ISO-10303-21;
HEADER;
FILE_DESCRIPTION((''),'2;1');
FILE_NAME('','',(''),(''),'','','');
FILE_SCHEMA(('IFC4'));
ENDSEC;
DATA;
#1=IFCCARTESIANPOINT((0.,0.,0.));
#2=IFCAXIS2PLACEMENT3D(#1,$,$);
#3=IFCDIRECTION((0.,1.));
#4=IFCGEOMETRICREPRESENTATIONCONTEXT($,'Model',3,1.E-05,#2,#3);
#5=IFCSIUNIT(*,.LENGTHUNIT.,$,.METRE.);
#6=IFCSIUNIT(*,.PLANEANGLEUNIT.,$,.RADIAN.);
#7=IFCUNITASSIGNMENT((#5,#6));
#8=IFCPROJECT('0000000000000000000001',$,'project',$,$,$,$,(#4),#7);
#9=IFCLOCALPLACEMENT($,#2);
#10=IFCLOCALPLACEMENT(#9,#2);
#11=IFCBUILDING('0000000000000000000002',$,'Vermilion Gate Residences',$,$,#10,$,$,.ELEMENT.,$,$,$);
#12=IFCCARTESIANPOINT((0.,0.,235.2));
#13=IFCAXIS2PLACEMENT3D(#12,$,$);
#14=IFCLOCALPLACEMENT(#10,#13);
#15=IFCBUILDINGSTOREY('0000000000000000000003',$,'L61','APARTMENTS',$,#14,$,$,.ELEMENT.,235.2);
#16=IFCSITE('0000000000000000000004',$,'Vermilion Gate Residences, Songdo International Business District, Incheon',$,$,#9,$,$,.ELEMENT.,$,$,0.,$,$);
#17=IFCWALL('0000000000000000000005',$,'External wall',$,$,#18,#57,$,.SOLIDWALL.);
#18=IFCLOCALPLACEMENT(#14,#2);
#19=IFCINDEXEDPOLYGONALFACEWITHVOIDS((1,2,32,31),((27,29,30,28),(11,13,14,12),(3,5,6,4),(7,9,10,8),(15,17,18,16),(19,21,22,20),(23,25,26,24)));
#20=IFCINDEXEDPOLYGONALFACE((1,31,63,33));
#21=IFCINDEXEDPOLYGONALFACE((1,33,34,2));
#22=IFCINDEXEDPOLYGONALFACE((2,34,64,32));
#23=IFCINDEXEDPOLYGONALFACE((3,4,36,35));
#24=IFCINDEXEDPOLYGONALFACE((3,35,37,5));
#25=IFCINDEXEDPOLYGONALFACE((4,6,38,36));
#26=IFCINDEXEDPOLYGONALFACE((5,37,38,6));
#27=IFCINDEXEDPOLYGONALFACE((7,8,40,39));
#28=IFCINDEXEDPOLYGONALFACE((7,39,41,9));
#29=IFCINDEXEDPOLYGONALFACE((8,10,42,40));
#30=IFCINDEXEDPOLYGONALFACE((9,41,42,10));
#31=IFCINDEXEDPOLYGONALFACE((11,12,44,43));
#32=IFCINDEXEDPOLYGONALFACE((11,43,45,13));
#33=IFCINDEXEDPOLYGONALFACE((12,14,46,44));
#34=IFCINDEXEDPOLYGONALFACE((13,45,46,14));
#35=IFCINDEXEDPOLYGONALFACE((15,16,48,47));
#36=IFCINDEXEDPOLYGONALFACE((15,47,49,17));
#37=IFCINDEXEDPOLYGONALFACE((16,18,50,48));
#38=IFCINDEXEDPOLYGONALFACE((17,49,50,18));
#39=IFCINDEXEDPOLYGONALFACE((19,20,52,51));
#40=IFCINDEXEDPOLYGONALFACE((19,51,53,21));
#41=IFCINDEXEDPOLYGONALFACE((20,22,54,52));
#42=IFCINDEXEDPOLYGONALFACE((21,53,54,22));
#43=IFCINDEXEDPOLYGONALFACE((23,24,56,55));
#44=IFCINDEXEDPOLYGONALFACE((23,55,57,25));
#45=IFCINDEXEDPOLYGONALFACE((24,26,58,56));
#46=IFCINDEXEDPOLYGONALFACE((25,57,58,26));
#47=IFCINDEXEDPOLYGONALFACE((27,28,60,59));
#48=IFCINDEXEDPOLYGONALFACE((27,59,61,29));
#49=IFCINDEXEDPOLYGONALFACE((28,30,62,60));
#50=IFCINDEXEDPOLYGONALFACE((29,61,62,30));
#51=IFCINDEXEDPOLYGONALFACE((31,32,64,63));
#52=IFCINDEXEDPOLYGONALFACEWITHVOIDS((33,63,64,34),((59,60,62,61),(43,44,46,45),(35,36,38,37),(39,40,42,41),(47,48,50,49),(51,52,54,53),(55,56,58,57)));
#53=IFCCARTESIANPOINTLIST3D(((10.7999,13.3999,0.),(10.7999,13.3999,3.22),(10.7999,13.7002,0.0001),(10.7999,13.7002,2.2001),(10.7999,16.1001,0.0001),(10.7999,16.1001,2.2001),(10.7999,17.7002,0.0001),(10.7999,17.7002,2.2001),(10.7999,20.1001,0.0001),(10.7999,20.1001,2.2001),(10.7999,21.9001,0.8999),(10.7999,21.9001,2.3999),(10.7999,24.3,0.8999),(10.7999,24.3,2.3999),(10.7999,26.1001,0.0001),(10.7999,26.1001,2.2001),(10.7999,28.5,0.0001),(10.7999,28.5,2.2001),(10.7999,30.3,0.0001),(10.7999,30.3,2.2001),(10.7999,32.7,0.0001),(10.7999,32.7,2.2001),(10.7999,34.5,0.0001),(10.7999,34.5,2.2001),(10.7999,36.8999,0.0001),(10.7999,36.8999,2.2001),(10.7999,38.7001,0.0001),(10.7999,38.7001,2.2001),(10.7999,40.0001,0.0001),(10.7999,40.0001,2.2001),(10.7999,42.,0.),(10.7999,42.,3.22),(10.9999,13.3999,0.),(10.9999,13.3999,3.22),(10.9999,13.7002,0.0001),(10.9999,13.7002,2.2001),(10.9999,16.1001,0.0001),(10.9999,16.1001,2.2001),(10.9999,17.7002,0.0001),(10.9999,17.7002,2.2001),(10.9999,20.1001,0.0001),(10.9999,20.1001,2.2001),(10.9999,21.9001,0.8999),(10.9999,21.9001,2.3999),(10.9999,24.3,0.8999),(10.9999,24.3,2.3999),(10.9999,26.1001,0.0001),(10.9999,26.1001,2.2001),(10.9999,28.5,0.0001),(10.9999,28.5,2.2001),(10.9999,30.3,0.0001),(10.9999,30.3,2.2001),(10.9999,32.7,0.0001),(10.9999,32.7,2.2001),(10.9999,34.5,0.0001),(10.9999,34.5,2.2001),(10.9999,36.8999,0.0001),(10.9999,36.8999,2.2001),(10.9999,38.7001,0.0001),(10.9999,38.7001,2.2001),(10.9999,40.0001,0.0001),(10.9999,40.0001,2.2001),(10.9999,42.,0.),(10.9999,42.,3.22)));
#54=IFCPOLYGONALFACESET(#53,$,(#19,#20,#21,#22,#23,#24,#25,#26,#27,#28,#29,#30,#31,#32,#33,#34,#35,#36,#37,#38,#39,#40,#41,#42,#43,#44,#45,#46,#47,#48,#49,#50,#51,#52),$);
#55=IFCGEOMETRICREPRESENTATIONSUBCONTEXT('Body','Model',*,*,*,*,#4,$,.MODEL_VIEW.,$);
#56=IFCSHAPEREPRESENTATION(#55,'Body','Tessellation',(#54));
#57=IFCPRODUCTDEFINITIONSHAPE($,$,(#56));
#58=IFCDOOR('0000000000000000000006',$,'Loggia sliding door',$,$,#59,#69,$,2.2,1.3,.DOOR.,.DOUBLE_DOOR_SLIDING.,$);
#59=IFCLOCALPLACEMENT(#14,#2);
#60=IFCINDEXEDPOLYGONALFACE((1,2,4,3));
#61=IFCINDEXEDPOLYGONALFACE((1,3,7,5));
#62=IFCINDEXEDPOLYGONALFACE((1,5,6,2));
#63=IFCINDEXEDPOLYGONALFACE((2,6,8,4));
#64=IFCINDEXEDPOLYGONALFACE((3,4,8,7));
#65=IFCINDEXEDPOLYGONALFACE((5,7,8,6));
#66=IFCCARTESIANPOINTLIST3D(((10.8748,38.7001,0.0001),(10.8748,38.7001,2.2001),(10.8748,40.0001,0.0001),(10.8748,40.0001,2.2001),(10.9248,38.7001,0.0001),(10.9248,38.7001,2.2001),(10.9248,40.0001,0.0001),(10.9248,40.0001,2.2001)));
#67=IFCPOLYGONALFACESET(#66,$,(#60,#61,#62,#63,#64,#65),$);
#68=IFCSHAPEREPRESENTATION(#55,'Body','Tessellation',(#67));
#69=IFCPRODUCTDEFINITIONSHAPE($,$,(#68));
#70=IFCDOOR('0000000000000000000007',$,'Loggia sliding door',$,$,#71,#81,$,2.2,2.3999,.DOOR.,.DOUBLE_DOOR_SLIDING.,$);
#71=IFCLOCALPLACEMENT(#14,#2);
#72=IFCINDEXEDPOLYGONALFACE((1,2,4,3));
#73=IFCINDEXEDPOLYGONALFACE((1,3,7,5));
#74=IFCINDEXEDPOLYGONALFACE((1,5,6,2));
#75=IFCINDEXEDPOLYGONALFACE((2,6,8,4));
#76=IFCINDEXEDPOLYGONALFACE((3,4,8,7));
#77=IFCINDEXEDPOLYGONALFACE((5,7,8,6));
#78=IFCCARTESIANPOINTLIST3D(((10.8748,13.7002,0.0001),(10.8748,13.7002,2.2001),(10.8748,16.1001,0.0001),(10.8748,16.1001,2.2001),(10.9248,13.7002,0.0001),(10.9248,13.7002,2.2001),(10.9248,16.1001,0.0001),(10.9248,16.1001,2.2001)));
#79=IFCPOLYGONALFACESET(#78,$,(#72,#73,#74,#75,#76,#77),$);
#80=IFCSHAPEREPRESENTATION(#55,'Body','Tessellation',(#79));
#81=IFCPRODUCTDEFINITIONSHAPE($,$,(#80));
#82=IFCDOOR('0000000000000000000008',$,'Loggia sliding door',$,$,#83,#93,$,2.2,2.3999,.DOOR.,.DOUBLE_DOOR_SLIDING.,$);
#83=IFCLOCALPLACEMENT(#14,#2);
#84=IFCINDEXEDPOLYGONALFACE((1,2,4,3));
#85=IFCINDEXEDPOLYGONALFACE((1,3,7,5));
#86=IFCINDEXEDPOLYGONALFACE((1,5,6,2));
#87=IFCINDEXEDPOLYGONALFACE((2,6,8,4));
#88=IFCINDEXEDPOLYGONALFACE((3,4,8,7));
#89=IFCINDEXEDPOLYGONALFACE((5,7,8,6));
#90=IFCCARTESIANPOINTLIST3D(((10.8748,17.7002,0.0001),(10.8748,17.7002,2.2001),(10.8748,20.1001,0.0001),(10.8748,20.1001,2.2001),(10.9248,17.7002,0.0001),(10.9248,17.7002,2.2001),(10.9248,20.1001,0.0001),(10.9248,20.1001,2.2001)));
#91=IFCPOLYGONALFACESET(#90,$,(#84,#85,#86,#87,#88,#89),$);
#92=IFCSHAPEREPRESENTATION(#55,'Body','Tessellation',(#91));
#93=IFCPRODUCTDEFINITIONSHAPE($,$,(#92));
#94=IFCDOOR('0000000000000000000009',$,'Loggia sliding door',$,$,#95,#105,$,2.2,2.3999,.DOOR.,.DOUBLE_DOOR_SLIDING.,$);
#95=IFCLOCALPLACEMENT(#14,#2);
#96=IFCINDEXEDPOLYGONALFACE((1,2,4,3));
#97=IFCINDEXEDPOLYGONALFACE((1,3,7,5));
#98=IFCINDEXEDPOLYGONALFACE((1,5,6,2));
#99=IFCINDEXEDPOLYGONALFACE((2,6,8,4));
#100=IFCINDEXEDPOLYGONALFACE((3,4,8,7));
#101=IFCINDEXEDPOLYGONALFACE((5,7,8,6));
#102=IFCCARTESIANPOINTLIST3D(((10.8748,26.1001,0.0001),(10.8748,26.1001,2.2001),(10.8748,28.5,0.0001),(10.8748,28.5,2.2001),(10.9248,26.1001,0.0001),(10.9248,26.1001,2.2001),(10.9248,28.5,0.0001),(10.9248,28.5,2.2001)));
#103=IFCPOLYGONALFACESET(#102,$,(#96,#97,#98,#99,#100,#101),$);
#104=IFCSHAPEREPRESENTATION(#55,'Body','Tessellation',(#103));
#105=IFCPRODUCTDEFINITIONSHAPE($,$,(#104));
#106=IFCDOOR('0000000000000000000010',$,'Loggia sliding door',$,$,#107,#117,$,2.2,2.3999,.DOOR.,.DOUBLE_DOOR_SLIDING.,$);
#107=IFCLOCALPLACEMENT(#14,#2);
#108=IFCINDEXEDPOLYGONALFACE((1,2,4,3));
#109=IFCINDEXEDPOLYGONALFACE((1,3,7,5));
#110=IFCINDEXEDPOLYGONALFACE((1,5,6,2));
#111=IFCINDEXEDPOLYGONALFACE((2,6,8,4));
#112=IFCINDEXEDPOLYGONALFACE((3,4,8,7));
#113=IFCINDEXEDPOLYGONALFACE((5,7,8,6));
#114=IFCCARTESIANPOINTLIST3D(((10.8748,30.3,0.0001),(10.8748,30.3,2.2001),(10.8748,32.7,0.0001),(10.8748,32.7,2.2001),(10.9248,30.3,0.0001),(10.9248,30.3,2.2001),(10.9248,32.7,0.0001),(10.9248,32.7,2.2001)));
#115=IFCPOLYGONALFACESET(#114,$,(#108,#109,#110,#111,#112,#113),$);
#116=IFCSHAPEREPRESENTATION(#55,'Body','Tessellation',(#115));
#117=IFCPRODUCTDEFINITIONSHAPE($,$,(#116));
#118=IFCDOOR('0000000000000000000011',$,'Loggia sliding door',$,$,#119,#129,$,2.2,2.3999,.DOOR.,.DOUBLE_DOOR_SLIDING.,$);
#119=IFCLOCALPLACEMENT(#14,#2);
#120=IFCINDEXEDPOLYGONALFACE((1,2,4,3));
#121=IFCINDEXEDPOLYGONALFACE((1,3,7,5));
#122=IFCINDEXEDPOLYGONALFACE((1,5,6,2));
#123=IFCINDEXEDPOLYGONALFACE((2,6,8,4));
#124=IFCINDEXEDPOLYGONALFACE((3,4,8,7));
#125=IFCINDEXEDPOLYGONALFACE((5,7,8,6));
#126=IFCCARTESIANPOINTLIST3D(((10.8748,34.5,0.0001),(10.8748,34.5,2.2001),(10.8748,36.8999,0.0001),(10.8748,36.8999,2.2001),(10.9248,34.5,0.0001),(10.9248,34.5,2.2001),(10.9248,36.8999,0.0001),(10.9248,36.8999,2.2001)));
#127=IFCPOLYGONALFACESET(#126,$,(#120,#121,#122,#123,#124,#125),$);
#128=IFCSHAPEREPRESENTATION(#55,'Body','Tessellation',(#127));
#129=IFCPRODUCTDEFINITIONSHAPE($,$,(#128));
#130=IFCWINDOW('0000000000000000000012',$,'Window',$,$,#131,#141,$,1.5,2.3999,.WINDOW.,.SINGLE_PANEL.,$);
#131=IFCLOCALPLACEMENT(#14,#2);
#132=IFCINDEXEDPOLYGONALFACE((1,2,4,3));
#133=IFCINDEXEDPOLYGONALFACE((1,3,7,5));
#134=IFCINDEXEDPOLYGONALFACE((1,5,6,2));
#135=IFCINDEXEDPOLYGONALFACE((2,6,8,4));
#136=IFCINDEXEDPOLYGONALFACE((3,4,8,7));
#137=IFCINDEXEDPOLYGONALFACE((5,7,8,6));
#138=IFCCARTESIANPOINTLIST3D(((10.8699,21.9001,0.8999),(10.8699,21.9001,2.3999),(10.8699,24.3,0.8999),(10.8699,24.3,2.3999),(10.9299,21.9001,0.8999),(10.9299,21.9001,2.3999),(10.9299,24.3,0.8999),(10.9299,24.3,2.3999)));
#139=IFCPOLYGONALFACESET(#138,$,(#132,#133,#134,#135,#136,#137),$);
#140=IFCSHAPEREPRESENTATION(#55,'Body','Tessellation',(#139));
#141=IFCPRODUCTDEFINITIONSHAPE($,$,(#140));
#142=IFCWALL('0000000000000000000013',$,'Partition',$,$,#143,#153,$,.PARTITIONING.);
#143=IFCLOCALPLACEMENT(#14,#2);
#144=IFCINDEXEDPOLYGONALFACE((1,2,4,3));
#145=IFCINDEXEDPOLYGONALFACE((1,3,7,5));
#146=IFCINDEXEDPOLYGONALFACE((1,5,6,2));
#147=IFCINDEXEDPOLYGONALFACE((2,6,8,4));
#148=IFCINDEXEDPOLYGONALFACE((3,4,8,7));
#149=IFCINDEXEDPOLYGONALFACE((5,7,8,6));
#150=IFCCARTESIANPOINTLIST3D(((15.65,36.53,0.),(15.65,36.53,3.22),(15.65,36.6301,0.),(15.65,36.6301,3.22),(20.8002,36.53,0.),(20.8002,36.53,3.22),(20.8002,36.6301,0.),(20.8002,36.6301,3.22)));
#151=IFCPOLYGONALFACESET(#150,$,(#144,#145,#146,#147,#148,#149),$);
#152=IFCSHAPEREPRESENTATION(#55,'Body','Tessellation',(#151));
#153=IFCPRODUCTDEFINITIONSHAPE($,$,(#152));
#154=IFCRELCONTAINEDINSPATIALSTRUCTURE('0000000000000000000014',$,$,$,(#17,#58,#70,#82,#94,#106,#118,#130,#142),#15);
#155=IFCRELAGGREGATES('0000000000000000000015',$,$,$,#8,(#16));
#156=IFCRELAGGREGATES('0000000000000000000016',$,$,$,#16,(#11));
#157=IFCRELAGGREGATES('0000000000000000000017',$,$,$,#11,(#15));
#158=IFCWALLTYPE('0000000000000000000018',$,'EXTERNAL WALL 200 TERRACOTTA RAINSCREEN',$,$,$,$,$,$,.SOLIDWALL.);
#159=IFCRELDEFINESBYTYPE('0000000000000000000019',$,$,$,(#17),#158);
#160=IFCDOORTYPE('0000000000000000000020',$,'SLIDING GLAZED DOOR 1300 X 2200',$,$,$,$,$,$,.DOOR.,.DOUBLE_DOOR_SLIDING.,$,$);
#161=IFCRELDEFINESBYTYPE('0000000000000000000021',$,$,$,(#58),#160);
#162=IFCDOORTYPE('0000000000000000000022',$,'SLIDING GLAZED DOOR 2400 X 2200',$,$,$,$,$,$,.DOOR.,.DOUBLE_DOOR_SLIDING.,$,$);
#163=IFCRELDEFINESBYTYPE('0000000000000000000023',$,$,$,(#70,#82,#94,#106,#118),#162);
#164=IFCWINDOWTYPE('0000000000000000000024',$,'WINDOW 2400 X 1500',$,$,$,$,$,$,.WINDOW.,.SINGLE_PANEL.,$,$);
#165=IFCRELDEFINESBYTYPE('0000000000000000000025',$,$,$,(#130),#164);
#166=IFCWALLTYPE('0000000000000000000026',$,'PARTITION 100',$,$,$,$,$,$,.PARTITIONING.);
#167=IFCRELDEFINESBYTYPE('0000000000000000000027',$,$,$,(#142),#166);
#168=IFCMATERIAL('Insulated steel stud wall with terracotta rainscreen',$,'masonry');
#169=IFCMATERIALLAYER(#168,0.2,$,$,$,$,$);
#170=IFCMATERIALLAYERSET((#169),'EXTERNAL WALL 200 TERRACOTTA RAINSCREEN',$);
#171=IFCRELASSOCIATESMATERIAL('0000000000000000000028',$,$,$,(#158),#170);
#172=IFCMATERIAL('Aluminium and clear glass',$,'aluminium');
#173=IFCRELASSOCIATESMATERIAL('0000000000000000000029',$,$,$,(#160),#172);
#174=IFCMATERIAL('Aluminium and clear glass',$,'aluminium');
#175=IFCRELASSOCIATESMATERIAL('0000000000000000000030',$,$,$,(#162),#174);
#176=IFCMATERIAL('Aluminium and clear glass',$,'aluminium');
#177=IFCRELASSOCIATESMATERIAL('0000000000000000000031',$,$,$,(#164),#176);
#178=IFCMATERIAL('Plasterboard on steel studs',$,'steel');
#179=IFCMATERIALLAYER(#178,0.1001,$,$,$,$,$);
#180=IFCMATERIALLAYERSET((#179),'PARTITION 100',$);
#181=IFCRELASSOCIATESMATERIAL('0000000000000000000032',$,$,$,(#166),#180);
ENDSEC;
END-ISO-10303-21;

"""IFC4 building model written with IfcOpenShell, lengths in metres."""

from ifc_helpers import new_model, si_unit, direction, frame, frame_2d, origin, place, context, subcontext, project, spatial, rectangle, extrude, material, layer, layer_set, type_object, element, fill, save


model = new_model("IFC4")

# Units and contexts
model_context = context("Model", 3, precision=1e-05, world=origin(), true_north=direction((0.0, 1.0)))
body_context = subcontext(model_context, "Body", "Model", "MODEL_VIEW")
ifc_project = project(units=[si_unit("LENGTHUNIT", "METRE"), si_unit("PLANEANGLEUNIT", "RADIAN")], contexts=[model_context])

# Site, building, storey
site_placement = place(None, origin())
site = spatial("IfcSite", under=ifc_project, at=site_placement, Name="Vermilion Gate Residences, Songdo International Business District, Incheon", CompositionType="ELEMENT", RefElevation=0.0)
building_placement = place(site_placement, origin())
building = spatial("IfcBuilding", under=site, at=building_placement, Name="Vermilion Gate Residences", CompositionType="ELEMENT")
storey_placement = place(building_placement, frame((0.0, 0.0, 235.2)))
storey = spatial("IfcBuildingStorey", under=building, at=storey_placement, Name="L61", Description="APARTMENTS", CompositionType="ELEMENT", Elevation=235.2)

# Wall, openings, doors, window
ifc_material_1 = material(Name="Insulated steel stud wall with terracotta rainscreen", Category="masonry")
ifc_layer_1 = layer(ifc_material_1, 0.2)
ifc_layer_set_1 = layer_set([ifc_layer_1], Name="EXTERNAL WALL 200 TERRACOTTA RAINSCREEN")
wall_type_1 = type_object("IfcWallType", Name="EXTERNAL WALL 200 TERRACOTTA RAINSCREEN", PredefinedType="SOLIDWALL", material=ifc_layer_set_1)
wall_1_placement = place(storey_placement, frame((10.8999, 42.0, 0.0), z_axis=(0.0, 0.0, 1.0), x_axis=(0.0, -1.0, 0.0)))
wall_1 = element("IfcWall", 1, at=wall_1_placement, inside=storey, type_object=wall_type_1, Name="External wall", PredefinedType="SOLIDWALL", context=body_context, shape_type="SweptSolid", body=[
    extrude(rectangle(XDim=28.6001, YDim=0.2, at=frame_2d((14.3, 0.0))), origin(), (0.0, 0.0, 1.0), 3.22),
])
opening_1_placement = place(wall_1_placement, frame((25.8999, 0.0, 0.0)))
opening_1 = element("IfcOpeningElement", 2, at=opening_1_placement, cuts=wall_1, PredefinedType="OPENING", context=body_context, shape_type="SweptSolid", body=[
    extrude(rectangle(XDim=2.3999, YDim=2.2, at=frame_2d((1.2, 1.1001))), frame((0.0, 0.1099, 0.0), z_axis=(0.0, -1.0, 0.0), x_axis=(1.0, 0.0, 0.0)), (0.0, 0.0, 1.0), 0.22),
])
opening_2_placement = place(wall_1_placement, frame((21.8999, 0.0, 0.0)))
opening_2 = element("IfcOpeningElement", 3, at=opening_2_placement, cuts=wall_1, PredefinedType="OPENING", context=body_context, shape_type="SweptSolid", body=[
    extrude(rectangle(XDim=2.3999, YDim=2.2, at=frame_2d((1.2, 1.1001))), frame((0.0, 0.1099, 0.0), z_axis=(0.0, -1.0, 0.0), x_axis=(1.0, 0.0, 0.0)), (0.0, 0.0, 1.0), 0.22),
])
opening_3_placement = place(wall_1_placement, frame((17.7, 0.0, 0.8999)))
opening_3 = element("IfcOpeningElement", 4, at=opening_3_placement, cuts=wall_1, PredefinedType="OPENING", context=body_context, shape_type="SweptSolid", body=[
    extrude(rectangle(XDim=2.3999, YDim=1.5, at=frame_2d((1.2, 0.75))), frame((0.0, 0.1099, 0.0), z_axis=(0.0, -1.0, 0.0), x_axis=(1.0, 0.0, 0.0)), (0.0, 0.0, 1.0), 0.22),
])
opening_4_placement = place(wall_1_placement, frame((13.5, 0.0, 0.0)))
opening_4 = element("IfcOpeningElement", 5, at=opening_4_placement, cuts=wall_1, PredefinedType="OPENING", context=body_context, shape_type="SweptSolid", body=[
    extrude(rectangle(XDim=2.3999, YDim=2.2, at=frame_2d((1.2, 1.1001))), frame((0.0, 0.1099, 0.0), z_axis=(0.0, -1.0, 0.0), x_axis=(1.0, 0.0, 0.0)), (0.0, 0.0, 1.0), 0.22),
])
opening_5_placement = place(wall_1_placement, frame((9.3, 0.0, 0.0)))
opening_5 = element("IfcOpeningElement", 6, at=opening_5_placement, cuts=wall_1, PredefinedType="OPENING", context=body_context, shape_type="SweptSolid", body=[
    extrude(rectangle(XDim=2.3999, YDim=2.2, at=frame_2d((1.2, 1.1001))), frame((0.0, 0.1099, 0.0), z_axis=(0.0, -1.0, 0.0), x_axis=(1.0, 0.0, 0.0)), (0.0, 0.0, 1.0), 0.22),
])
opening_6_placement = place(wall_1_placement, frame((5.1001, 0.0, 0.0)))
opening_6 = element("IfcOpeningElement", 7, at=opening_6_placement, cuts=wall_1, PredefinedType="OPENING", context=body_context, shape_type="SweptSolid", body=[
    extrude(rectangle(XDim=2.3999, YDim=2.2, at=frame_2d((1.2, 1.1001))), frame((0.0, 0.1099, 0.0), z_axis=(0.0, -1.0, 0.0), x_axis=(1.0, 0.0, 0.0)), (0.0, 0.0, 1.0), 0.22),
])
opening_7_placement = place(wall_1_placement, frame((2.0, 0.0, 0.0)))
opening_7 = element("IfcOpeningElement", 8, at=opening_7_placement, cuts=wall_1, PredefinedType="OPENING", context=body_context, shape_type="SweptSolid", body=[
    extrude(rectangle(XDim=1.3, YDim=2.2, at=frame_2d((0.6499, 1.1001))), frame((0.0, 0.1099, 0.0), z_axis=(0.0, -1.0, 0.0), x_axis=(1.0, 0.0, 0.0)), (0.0, 0.0, 1.0), 0.22),
])
ifc_material_2 = material(Name="Aluminium and clear glass", Category="aluminium")
door_type_1 = type_object("IfcDoorType", Name="SLIDING GLAZED DOOR 1300 X 2200", OperationType="DOUBLE_DOOR_SLIDING", PredefinedType="DOOR", material=ifc_material_2)
door_1_placement = place(opening_7_placement, origin())
door_1 = element("IfcDoor", 9, at=door_1_placement, inside=storey, type_object=door_type_1, Name="Loggia sliding door", OperationType="DOUBLE_DOOR_SLIDING", OverallHeight=2.2, OverallWidth=1.3, PredefinedType="DOOR", context=body_context, shape_type="SweptSolid", body=[
    extrude(rectangle(XDim=1.3, YDim=2.2, at=frame_2d((0.6499, 1.1001))), frame((0.0, 0.0249, 0.0), z_axis=(0.0, -1.0, 0.0), x_axis=(1.0, 0.0, 0.0)), (0.0, 0.0, 1.0), 0.05),
])
fill(opening_7, door_1)
ifc_material_3 = material(Name="Aluminium and clear glass", Category="aluminium")
door_type_2 = type_object("IfcDoorType", Name="SLIDING GLAZED DOOR 2400 X 2200", OperationType="DOUBLE_DOOR_SLIDING", PredefinedType="DOOR", material=ifc_material_3)
door_2_placement = place(opening_1_placement, origin())
door_2 = element("IfcDoor", 10, at=door_2_placement, inside=storey, type_object=door_type_2, Name="Loggia sliding door", OperationType="DOUBLE_DOOR_SLIDING", OverallHeight=2.2, OverallWidth=2.3999, PredefinedType="DOOR", context=body_context, shape_type="SweptSolid", body=[
    extrude(rectangle(XDim=2.3999, YDim=2.2, at=frame_2d((1.2, 1.1001))), frame((0.0, 0.0249, 0.0), z_axis=(0.0, -1.0, 0.0), x_axis=(1.0, 0.0, 0.0)), (0.0, 0.0, 1.0), 0.05),
])
fill(opening_1, door_2)
door_3_placement = place(opening_2_placement, origin())
door_3 = element("IfcDoor", 11, at=door_3_placement, inside=storey, type_object=door_type_2, Name="Loggia sliding door", OperationType="DOUBLE_DOOR_SLIDING", OverallHeight=2.2, OverallWidth=2.3999, PredefinedType="DOOR", context=body_context, shape_type="SweptSolid", body=[
    extrude(rectangle(XDim=2.3999, YDim=2.2, at=frame_2d((1.2, 1.1001))), frame((0.0, 0.0249, 0.0), z_axis=(0.0, -1.0, 0.0), x_axis=(1.0, 0.0, 0.0)), (0.0, 0.0, 1.0), 0.05),
])
fill(opening_2, door_3)
door_4_placement = place(opening_4_placement, origin())
door_4 = element("IfcDoor", 12, at=door_4_placement, inside=storey, type_object=door_type_2, Name="Loggia sliding door", OperationType="DOUBLE_DOOR_SLIDING", OverallHeight=2.2, OverallWidth=2.3999, PredefinedType="DOOR", context=body_context, shape_type="SweptSolid", body=[
    extrude(rectangle(XDim=2.3999, YDim=2.2, at=frame_2d((1.2, 1.1001))), frame((0.0, 0.0249, 0.0), z_axis=(0.0, -1.0, 0.0), x_axis=(1.0, 0.0, 0.0)), (0.0, 0.0, 1.0), 0.05),
])
fill(opening_4, door_4)
door_5_placement = place(opening_5_placement, origin())
door_5 = element("IfcDoor", 13, at=door_5_placement, inside=storey, type_object=door_type_2, Name="Loggia sliding door", OperationType="DOUBLE_DOOR_SLIDING", OverallHeight=2.2, OverallWidth=2.3999, PredefinedType="DOOR", context=body_context, shape_type="SweptSolid", body=[
    extrude(rectangle(XDim=2.3999, YDim=2.2, at=frame_2d((1.2, 1.1001))), frame((0.0, 0.0249, 0.0), z_axis=(0.0, -1.0, 0.0), x_axis=(1.0, 0.0, 0.0)), (0.0, 0.0, 1.0), 0.05),
])
fill(opening_5, door_5)
door_6_placement = place(opening_6_placement, origin())
door_6 = element("IfcDoor", 14, at=door_6_placement, inside=storey, type_object=door_type_2, Name="Loggia sliding door", OperationType="DOUBLE_DOOR_SLIDING", OverallHeight=2.2, OverallWidth=2.3999, PredefinedType="DOOR", context=body_context, shape_type="SweptSolid", body=[
    extrude(rectangle(XDim=2.3999, YDim=2.2, at=frame_2d((1.2, 1.1001))), frame((0.0, 0.0249, 0.0), z_axis=(0.0, -1.0, 0.0), x_axis=(1.0, 0.0, 0.0)), (0.0, 0.0, 1.0), 0.05),
])
fill(opening_6, door_6)
ifc_material_4 = material(Name="Aluminium and clear glass", Category="aluminium")
window_type = type_object("IfcWindowType", Name="WINDOW 2400 X 1500", PartitioningType="SINGLE_PANEL", PredefinedType="WINDOW", material=ifc_material_4)
window_placement = place(opening_3_placement, origin())
window = element("IfcWindow", 15, at=window_placement, inside=storey, type_object=window_type, Name="Window", OverallHeight=1.5, OverallWidth=2.3999, PartitioningType="SINGLE_PANEL", PredefinedType="WINDOW", context=body_context, shape_type="SweptSolid", body=[
    extrude(rectangle(XDim=2.3999, YDim=1.5, at=frame_2d((1.2, 0.75))), frame((0.0, 0.03, 0.0), z_axis=(0.0, -1.0, 0.0), x_axis=(1.0, 0.0, 0.0)), (0.0, 0.0, 1.0), 0.0601),
])
fill(opening_3, window)

# Wall
ifc_material_5 = material(Name="Plasterboard on steel studs", Category="steel")
ifc_layer_2 = layer(ifc_material_5, 0.1001)
ifc_layer_set_2 = layer_set([ifc_layer_2], Name="PARTITION 100")
wall_type_2 = type_object("IfcWallType", Name="PARTITION 100", PredefinedType="PARTITIONING", material=ifc_layer_set_2)
wall_2_placement = place(storey_placement, frame((15.6499, 36.5801, 0.0), z_axis=(0.0, 0.0, 1.0), x_axis=(1.0, 0.0, 0.0)))
element("IfcWall", 16, at=wall_2_placement, inside=storey, type_object=wall_type_2, Name="Partition", PredefinedType="PARTITIONING", context=body_context, shape_type="SweptSolid", body=[
    extrude(rectangle(XDim=5.1501, YDim=0.1001, at=frame_2d((2.5752, 0.0))), origin(), (0.0, 0.0, 1.0), 3.22),
])

save(model, "model.ifc")
